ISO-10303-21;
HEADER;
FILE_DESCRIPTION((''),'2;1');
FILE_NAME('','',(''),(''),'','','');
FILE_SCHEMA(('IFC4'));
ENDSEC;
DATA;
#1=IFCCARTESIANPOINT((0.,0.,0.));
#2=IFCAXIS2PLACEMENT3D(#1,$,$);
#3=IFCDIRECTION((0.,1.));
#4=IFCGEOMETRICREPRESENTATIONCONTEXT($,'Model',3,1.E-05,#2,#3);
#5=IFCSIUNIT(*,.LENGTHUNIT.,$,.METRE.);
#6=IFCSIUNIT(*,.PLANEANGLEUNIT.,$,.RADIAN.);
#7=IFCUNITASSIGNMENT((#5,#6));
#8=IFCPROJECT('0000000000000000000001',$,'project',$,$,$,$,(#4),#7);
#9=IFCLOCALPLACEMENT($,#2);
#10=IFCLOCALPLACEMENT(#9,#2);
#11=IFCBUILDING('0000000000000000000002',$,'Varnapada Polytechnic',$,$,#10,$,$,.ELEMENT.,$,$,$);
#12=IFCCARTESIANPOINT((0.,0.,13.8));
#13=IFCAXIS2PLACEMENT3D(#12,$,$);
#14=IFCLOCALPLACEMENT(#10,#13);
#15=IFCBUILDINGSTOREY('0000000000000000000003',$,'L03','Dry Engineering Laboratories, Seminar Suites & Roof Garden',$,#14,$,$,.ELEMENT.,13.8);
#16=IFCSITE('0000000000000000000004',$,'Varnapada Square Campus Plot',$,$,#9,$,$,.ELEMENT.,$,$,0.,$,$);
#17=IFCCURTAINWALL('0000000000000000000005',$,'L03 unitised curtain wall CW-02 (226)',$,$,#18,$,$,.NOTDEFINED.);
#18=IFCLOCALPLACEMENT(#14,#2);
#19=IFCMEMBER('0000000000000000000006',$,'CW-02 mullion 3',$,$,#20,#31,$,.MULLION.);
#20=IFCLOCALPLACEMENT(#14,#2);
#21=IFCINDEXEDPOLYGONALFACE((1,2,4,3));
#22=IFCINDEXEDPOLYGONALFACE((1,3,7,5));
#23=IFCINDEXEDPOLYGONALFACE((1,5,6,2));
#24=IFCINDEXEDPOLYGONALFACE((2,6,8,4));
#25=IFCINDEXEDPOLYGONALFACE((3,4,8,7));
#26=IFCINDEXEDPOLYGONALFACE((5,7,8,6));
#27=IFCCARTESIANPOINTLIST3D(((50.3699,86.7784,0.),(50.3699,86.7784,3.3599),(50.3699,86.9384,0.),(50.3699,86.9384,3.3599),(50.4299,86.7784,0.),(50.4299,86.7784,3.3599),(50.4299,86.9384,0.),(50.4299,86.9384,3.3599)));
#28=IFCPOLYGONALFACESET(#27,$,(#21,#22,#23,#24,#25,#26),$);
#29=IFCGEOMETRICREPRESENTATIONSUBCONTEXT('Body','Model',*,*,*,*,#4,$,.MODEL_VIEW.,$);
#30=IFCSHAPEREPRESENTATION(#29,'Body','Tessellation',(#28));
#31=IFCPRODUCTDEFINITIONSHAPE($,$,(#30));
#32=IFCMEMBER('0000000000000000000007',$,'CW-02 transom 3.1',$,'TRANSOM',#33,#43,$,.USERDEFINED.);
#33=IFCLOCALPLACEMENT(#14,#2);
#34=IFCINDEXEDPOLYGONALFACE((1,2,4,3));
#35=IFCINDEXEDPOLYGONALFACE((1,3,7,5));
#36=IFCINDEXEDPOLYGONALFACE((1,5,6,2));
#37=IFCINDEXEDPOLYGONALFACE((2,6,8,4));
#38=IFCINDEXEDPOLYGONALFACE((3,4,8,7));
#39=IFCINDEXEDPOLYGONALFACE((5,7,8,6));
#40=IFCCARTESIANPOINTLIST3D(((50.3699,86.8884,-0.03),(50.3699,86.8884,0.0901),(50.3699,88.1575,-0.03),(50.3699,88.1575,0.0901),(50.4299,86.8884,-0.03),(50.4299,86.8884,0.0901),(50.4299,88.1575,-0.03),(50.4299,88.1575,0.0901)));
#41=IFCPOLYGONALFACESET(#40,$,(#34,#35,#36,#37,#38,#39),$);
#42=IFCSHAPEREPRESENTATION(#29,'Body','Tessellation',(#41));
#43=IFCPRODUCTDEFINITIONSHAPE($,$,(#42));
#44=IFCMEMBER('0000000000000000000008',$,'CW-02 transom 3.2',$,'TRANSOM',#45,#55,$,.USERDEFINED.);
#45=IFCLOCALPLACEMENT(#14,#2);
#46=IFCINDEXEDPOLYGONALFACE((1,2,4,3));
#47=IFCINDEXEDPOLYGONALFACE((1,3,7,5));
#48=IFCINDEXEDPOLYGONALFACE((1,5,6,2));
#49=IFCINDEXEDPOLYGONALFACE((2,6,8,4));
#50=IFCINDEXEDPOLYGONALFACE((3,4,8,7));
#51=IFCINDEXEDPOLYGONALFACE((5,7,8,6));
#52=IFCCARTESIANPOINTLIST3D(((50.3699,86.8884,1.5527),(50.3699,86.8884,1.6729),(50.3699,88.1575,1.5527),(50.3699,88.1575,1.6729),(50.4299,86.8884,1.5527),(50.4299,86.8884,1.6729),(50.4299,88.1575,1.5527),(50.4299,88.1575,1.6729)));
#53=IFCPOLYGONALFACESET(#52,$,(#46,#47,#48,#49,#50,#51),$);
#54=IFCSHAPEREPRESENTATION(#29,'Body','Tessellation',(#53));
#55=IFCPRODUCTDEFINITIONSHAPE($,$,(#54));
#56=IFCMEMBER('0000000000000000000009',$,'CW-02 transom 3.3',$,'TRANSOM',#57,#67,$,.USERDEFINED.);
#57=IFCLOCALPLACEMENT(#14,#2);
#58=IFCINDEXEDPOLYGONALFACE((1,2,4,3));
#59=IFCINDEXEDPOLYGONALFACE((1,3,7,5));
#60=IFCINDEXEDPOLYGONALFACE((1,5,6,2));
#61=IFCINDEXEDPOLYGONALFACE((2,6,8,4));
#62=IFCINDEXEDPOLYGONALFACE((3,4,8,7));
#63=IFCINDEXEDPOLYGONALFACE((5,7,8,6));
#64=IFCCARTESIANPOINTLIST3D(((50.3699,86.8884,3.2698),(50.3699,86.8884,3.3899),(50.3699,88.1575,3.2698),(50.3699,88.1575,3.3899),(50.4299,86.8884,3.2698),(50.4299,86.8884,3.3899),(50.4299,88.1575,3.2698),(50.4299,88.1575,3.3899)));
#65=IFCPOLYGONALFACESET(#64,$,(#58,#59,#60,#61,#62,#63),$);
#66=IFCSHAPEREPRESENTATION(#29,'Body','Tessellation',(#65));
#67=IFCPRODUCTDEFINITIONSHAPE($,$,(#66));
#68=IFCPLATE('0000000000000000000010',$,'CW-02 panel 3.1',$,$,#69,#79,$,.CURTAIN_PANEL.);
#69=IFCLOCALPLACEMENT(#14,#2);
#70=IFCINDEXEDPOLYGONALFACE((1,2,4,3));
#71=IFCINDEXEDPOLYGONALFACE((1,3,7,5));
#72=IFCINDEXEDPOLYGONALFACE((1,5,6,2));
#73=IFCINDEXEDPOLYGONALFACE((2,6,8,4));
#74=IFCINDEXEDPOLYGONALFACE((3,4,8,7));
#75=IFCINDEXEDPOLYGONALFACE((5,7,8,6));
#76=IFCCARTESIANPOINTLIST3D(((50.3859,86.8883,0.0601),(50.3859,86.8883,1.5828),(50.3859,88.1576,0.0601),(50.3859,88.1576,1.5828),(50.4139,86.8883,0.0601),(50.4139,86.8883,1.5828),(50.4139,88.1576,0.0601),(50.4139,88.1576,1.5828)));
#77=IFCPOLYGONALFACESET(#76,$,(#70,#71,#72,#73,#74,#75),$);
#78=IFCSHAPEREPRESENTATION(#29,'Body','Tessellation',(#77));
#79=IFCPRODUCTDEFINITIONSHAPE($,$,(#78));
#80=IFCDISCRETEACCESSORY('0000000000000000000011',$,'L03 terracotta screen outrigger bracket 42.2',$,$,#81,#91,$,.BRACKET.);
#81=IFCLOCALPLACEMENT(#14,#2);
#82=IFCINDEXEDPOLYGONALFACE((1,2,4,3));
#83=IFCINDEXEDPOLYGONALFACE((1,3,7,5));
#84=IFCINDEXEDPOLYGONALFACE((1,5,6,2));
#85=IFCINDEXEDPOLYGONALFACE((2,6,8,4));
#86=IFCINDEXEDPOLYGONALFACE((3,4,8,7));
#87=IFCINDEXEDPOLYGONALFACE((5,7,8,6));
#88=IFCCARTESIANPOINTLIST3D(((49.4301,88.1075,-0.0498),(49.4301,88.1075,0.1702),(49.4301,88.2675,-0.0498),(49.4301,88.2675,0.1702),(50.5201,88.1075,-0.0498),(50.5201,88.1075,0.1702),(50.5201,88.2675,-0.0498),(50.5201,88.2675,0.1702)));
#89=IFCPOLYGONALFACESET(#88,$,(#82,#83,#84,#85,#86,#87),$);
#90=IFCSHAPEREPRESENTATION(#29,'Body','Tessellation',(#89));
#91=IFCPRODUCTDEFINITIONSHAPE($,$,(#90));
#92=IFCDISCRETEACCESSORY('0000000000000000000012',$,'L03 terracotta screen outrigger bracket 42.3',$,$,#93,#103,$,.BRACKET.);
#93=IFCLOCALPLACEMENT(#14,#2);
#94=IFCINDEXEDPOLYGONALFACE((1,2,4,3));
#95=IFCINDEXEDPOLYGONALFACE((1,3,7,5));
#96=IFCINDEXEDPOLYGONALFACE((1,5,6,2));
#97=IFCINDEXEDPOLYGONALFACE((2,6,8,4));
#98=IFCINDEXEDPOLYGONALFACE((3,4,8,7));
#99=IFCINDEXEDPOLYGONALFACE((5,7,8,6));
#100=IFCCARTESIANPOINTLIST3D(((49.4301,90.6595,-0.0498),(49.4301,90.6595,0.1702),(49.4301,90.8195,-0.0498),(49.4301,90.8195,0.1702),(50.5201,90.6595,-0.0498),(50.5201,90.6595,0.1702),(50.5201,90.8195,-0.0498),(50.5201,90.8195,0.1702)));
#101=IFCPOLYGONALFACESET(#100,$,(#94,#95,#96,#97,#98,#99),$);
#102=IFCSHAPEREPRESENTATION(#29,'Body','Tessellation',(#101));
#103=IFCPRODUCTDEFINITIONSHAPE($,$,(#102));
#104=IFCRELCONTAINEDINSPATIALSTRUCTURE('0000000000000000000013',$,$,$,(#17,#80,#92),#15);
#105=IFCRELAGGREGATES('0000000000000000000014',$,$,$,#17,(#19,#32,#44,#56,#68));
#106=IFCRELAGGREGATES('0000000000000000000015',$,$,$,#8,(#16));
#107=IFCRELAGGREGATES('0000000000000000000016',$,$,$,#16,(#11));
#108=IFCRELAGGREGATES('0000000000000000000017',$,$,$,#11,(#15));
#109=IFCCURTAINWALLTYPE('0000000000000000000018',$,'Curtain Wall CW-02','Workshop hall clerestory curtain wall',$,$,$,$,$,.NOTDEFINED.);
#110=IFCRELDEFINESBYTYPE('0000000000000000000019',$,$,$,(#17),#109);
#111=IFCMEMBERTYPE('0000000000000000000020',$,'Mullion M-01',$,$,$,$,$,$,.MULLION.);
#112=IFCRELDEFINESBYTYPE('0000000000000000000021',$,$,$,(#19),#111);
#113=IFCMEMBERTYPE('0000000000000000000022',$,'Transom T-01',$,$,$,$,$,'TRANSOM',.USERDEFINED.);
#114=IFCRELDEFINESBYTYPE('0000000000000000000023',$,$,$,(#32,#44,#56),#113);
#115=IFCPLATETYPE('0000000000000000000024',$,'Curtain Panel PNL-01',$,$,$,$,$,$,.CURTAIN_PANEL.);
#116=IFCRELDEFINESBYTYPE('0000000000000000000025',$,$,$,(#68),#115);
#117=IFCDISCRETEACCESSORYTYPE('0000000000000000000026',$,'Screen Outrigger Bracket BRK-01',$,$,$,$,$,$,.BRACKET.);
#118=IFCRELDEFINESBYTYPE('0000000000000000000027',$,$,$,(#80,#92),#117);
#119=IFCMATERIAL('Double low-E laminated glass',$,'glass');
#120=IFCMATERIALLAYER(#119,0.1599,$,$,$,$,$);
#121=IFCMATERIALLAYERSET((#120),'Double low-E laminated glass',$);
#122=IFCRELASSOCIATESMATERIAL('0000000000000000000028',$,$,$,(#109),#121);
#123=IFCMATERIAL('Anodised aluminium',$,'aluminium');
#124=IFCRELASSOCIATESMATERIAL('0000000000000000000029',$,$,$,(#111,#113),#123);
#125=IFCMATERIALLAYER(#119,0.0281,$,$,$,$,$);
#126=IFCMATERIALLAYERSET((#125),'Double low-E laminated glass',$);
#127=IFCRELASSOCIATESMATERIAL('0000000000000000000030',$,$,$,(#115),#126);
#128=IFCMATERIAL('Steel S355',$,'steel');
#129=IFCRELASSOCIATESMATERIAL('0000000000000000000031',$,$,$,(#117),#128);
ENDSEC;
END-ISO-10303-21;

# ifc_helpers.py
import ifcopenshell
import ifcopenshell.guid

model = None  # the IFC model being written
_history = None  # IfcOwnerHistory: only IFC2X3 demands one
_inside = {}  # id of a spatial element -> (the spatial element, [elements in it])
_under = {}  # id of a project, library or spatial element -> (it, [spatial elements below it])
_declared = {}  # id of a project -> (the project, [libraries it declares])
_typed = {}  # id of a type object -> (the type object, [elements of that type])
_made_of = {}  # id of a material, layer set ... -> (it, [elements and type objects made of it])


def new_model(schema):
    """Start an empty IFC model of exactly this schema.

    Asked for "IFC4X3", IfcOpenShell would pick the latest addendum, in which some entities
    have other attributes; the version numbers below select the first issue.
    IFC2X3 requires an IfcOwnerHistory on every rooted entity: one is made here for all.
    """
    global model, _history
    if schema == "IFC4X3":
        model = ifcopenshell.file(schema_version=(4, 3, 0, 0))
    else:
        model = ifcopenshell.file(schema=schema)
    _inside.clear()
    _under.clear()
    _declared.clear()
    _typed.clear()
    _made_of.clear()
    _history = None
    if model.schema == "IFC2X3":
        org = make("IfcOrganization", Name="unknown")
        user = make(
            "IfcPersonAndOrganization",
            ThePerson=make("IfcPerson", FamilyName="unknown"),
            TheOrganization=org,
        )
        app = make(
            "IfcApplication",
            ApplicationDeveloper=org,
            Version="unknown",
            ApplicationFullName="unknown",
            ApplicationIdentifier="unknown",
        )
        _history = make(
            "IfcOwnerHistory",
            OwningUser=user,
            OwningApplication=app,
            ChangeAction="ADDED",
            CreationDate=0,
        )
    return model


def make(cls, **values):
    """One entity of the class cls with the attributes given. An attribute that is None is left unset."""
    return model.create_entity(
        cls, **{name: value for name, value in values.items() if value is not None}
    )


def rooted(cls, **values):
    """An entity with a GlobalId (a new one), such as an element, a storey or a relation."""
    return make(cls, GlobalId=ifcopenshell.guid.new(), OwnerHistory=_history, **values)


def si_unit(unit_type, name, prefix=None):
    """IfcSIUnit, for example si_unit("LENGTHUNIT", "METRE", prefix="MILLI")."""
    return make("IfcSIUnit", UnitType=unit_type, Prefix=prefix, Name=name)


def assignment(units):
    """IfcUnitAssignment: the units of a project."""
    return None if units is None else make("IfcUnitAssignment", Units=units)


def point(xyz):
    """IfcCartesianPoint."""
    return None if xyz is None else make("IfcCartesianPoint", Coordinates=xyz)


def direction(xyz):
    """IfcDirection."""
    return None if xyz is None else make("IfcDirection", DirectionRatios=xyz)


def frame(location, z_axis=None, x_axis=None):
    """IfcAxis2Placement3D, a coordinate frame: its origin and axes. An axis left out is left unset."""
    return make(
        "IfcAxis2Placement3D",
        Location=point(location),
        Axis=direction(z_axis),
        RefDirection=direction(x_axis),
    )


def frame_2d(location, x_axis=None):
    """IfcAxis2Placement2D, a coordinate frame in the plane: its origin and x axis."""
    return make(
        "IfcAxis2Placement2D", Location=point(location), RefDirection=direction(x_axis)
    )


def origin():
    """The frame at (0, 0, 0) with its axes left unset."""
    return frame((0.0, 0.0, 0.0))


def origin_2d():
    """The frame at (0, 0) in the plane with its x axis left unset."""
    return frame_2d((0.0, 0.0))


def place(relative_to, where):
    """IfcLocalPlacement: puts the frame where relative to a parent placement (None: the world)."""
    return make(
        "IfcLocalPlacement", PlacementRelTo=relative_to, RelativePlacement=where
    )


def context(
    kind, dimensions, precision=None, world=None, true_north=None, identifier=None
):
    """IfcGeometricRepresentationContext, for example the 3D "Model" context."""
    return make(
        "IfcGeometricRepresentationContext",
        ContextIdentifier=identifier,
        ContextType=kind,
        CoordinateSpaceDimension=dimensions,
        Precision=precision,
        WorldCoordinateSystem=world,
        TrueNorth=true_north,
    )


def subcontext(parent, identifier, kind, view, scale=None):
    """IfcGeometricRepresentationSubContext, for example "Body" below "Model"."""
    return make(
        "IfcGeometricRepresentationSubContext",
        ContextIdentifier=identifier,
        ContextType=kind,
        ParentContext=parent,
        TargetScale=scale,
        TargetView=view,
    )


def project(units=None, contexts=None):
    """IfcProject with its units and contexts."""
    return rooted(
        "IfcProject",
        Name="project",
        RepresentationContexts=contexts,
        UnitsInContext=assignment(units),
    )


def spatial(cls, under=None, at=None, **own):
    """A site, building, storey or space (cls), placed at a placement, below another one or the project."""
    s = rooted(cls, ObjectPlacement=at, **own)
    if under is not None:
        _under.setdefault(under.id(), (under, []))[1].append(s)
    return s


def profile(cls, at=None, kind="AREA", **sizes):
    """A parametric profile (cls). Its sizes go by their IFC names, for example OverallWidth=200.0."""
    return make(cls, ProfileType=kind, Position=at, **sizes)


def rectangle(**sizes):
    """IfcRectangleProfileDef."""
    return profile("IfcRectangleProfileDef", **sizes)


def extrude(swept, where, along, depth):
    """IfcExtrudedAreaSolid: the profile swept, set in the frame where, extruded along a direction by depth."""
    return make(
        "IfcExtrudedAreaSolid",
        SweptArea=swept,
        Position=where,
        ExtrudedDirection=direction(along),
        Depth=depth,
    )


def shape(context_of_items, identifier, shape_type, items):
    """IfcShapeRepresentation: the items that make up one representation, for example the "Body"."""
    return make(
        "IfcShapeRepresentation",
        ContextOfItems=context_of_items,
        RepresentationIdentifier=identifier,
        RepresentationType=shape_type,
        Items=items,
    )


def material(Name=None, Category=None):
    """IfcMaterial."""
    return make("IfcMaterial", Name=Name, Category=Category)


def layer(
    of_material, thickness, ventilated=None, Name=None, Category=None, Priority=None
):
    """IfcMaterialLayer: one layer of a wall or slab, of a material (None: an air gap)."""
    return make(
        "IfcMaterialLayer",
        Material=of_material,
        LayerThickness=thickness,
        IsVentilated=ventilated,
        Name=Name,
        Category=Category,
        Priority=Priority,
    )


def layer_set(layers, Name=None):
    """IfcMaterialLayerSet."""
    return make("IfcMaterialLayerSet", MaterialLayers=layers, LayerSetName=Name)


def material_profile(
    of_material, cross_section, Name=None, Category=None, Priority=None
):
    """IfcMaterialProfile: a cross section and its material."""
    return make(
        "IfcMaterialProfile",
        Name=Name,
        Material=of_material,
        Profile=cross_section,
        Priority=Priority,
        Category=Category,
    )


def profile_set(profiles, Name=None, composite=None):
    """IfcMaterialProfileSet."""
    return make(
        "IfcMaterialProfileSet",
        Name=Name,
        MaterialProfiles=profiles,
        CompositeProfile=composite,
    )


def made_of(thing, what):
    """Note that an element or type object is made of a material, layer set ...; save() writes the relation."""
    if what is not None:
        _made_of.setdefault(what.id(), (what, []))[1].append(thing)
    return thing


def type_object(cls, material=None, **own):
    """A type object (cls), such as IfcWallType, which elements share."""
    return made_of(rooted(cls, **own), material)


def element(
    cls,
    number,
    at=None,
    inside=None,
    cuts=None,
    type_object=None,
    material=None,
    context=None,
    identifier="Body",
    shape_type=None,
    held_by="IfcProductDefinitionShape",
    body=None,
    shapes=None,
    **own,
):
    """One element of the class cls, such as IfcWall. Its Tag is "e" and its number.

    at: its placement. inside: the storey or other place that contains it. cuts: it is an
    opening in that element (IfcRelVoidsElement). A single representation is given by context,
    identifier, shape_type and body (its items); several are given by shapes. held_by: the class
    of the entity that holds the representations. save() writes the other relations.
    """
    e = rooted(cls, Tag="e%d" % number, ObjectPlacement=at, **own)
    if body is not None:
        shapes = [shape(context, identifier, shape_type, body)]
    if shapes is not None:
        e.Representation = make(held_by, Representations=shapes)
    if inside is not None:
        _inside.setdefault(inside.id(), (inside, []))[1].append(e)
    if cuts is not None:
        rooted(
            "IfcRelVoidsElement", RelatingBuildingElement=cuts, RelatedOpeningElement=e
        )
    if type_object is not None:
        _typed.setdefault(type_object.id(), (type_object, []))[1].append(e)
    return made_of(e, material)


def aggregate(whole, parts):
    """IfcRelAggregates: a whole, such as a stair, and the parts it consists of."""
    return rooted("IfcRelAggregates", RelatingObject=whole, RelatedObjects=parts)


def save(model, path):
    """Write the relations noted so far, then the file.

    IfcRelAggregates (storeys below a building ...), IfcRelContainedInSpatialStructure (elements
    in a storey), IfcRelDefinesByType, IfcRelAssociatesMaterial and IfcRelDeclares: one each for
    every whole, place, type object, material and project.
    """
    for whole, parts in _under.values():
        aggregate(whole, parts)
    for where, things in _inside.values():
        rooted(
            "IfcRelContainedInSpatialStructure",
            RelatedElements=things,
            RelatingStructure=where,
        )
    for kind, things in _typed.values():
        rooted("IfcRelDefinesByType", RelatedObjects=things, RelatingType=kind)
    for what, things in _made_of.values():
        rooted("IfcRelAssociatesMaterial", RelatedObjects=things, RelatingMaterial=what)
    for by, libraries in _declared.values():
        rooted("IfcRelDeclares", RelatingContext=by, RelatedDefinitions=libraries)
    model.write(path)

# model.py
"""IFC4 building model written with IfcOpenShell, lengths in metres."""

from ifc_helpers import new_model, si_unit, direction, frame, origin, origin_2d, place, context, subcontext, project, spatial, rectangle, extrude, material, layer, layer_set, material_profile, profile_set, type_object, element, aggregate, save


model = new_model("IFC4")

# Units and contexts
model_context = context("Model", 3, precision=1e-05, world=origin(), true_north=direction((0.0, 1.0)))
body_context = subcontext(model_context, "Body", "Model", "MODEL_VIEW")
ifc_project = project(units=[si_unit("LENGTHUNIT", "METRE"), si_unit("PLANEANGLEUNIT", "RADIAN")], contexts=[model_context])

# Site, building, storey
site_placement = place(None, origin())
site = spatial("IfcSite", under=ifc_project, at=site_placement, Name="Varnapada Square Campus Plot", CompositionType="ELEMENT", RefElevation=0.0)
building_placement = place(site_placement, origin())
building = spatial("IfcBuilding", under=site, at=building_placement, Name="Varnapada Polytechnic", CompositionType="ELEMENT")
storey_placement = place(building_placement, frame((0.0, 0.0, 13.8)))
storey = spatial("IfcBuildingStorey", under=building, at=storey_placement, Name="L03", Description="Dry Engineering Laboratories, Seminar Suites & Roof Garden", CompositionType="ELEMENT", Elevation=13.8)

# Curtain wall, members, plate
ifc_material_1 = material(Name="Double low-E laminated glass", Category="glass")
ifc_layer_1 = layer(ifc_material_1, 0.1599)
ifc_layer_set_1 = layer_set([ifc_layer_1], Name="Double low-E laminated glass")
curtain_wall_type = type_object("IfcCurtainWallType", Name="Curtain Wall CW-02", Description="Workshop hall clerestory curtain wall", PredefinedType="NOTDEFINED", material=ifc_layer_set_1)
curtain_wall_placement = place(storey_placement, origin())
curtain_wall = element("IfcCurtainWall", 1, at=curtain_wall_placement, inside=storey, type_object=curtain_wall_type, Name="L03 unitised curtain wall CW-02 (226)", PredefinedType="NOTDEFINED")
ifc_material_2 = material(Name="Anodised aluminium", Category="aluminium")
ifc_material_profile_1 = material_profile(ifc_material_2, rectangle(XDim=0.0601, YDim=0.1599, at=origin_2d()), Name="ALU M60x160")
ifc_profile_set_1 = profile_set([ifc_material_profile_1], Name="Anodised aluminium")
member_type_1 = type_object("IfcMemberType", Name="Mullion M-01", PredefinedType="MULLION", material=ifc_profile_set_1)
member_1_placement = place(storey_placement, frame((50.3999, 86.8584, 0.0), z_axis=(0.0, 0.0, 1.0), x_axis=(-1.0, 0.0, 0.0)))
member_1 = element("IfcMember", 2, at=member_1_placement, type_object=member_type_1, Name="CW-02 mullion 3", PredefinedType="MULLION", context=body_context, shape_type="SweptSolid", body=[
    extrude(rectangle(XDim=0.0601, YDim=0.1599, at=origin_2d()), origin(), (0.0, 0.0, 1.0), 3.3599),
])
ifc_material_profile_2 = material_profile(ifc_material_2, rectangle(XDim=0.0601, YDim=0.1201, at=origin_2d()), Name="ALU T60x120")
ifc_profile_set_2 = profile_set([ifc_material_profile_2], Name="Anodised aluminium")
member_type_2 = type_object("IfcMemberType", Name="Transom T-01", ElementType="TRANSOM", PredefinedType="USERDEFINED", material=ifc_profile_set_2)
member_2_placement = place(storey_placement, frame((50.3999, 86.8884, 0.03), z_axis=(0.0, 1.0, 0.0), x_axis=(-1.0, 0.0, 0.0)))
member_2 = element("IfcMember", 3, at=member_2_placement, type_object=member_type_2, Name="CW-02 transom 3.1", ObjectType="TRANSOM", PredefinedType="USERDEFINED", context=body_context, shape_type="SweptSolid", body=[
    extrude(rectangle(XDim=0.0601, YDim=0.1201, at=origin_2d()), origin(), (0.0, 0.0, 1.0), 1.269),
])
member_3_placement = place(storey_placement, frame((50.3999, 86.8884, 1.6128), z_axis=(0.0, 1.0, 0.0), x_axis=(-1.0, 0.0, 0.0)))
member_3 = element("IfcMember", 4, at=member_3_placement, type_object=member_type_2, Name="CW-02 transom 3.2", ObjectType="TRANSOM", PredefinedType="USERDEFINED", context=body_context, shape_type="SweptSolid", body=[
    extrude(rectangle(XDim=0.0601, YDim=0.1201, at=origin_2d()), origin(), (0.0, 0.0, 1.0), 1.269),
])
member_4_placement = place(storey_placement, frame((50.3999, 86.8884, 3.3298), z_axis=(0.0, 1.0, 0.0), x_axis=(-1.0, 0.0, 0.0)))
member_4 = element("IfcMember", 5, at=member_4_placement, type_object=member_type_2, Name="CW-02 transom 3.3", ObjectType="TRANSOM", PredefinedType="USERDEFINED", context=body_context, shape_type="SweptSolid", body=[
    extrude(rectangle(XDim=0.0601, YDim=0.1201, at=origin_2d()), origin(), (0.0, 0.0, 1.0), 1.269),
])
ifc_layer_2 = layer(ifc_material_1, 0.0281)
ifc_layer_set_2 = layer_set([ifc_layer_2], Name="Double low-E laminated glass")
plate_type = type_object("IfcPlateType", Name="Curtain Panel PNL-01", PredefinedType="CURTAIN_PANEL", material=ifc_layer_set_2)
plate_placement = place(storey_placement, frame((50.3999, 87.5229, 0.0601), z_axis=(0.0, 0.0, 1.0), x_axis=(0.0, 1.0, 0.0)))
plate = element("IfcPlate", 6, at=plate_placement, type_object=plate_type, Name="CW-02 panel 3.1", PredefinedType="CURTAIN_PANEL", context=body_context, shape_type="SweptSolid", body=[
    extrude(rectangle(XDim=1.2693, YDim=0.0281, at=origin_2d()), origin(), (0.0, 0.0, 1.0), 1.5227),
])
aggregate(curtain_wall, [member_1, member_2, member_3, member_4, plate])

# Discrete accessories
ifc_material_3 = material(Name="Steel S355", Category="steel")
discrete_accessory_type = type_object("IfcDiscreteAccessoryType", Name="Screen Outrigger Bracket BRK-01", PredefinedType="BRACKET", material=ifc_material_3)
for number, where, z_axis, x_axis, name in (
    (7, (49.9751, 88.1875, -0.0498), (0.0, 0.0, 1.0), (0.0, 1.0, 0.0), "L03 terracotta screen outrigger bracket 42.2"),
    (8, (49.9751, 90.7395, -0.0498), (0.0, 0.0, 1.0), (0.0, 1.0, 0.0), "L03 terracotta screen outrigger bracket 42.3"),
):
    element("IfcDiscreteAccessory", number, at=place(storey_placement, frame(where, z_axis=z_axis, x_axis=x_axis)), inside=storey, type_object=discrete_accessory_type, Name=name, PredefinedType="BRACKET", context=body_context, shape_type="SweptSolid", body=[
        extrude(rectangle(XDim=0.1599, YDim=1.0901, at=origin_2d()), origin(), (0.0, 0.0, 1.0), 0.22),
    ])

save(model, "model.ifc")
